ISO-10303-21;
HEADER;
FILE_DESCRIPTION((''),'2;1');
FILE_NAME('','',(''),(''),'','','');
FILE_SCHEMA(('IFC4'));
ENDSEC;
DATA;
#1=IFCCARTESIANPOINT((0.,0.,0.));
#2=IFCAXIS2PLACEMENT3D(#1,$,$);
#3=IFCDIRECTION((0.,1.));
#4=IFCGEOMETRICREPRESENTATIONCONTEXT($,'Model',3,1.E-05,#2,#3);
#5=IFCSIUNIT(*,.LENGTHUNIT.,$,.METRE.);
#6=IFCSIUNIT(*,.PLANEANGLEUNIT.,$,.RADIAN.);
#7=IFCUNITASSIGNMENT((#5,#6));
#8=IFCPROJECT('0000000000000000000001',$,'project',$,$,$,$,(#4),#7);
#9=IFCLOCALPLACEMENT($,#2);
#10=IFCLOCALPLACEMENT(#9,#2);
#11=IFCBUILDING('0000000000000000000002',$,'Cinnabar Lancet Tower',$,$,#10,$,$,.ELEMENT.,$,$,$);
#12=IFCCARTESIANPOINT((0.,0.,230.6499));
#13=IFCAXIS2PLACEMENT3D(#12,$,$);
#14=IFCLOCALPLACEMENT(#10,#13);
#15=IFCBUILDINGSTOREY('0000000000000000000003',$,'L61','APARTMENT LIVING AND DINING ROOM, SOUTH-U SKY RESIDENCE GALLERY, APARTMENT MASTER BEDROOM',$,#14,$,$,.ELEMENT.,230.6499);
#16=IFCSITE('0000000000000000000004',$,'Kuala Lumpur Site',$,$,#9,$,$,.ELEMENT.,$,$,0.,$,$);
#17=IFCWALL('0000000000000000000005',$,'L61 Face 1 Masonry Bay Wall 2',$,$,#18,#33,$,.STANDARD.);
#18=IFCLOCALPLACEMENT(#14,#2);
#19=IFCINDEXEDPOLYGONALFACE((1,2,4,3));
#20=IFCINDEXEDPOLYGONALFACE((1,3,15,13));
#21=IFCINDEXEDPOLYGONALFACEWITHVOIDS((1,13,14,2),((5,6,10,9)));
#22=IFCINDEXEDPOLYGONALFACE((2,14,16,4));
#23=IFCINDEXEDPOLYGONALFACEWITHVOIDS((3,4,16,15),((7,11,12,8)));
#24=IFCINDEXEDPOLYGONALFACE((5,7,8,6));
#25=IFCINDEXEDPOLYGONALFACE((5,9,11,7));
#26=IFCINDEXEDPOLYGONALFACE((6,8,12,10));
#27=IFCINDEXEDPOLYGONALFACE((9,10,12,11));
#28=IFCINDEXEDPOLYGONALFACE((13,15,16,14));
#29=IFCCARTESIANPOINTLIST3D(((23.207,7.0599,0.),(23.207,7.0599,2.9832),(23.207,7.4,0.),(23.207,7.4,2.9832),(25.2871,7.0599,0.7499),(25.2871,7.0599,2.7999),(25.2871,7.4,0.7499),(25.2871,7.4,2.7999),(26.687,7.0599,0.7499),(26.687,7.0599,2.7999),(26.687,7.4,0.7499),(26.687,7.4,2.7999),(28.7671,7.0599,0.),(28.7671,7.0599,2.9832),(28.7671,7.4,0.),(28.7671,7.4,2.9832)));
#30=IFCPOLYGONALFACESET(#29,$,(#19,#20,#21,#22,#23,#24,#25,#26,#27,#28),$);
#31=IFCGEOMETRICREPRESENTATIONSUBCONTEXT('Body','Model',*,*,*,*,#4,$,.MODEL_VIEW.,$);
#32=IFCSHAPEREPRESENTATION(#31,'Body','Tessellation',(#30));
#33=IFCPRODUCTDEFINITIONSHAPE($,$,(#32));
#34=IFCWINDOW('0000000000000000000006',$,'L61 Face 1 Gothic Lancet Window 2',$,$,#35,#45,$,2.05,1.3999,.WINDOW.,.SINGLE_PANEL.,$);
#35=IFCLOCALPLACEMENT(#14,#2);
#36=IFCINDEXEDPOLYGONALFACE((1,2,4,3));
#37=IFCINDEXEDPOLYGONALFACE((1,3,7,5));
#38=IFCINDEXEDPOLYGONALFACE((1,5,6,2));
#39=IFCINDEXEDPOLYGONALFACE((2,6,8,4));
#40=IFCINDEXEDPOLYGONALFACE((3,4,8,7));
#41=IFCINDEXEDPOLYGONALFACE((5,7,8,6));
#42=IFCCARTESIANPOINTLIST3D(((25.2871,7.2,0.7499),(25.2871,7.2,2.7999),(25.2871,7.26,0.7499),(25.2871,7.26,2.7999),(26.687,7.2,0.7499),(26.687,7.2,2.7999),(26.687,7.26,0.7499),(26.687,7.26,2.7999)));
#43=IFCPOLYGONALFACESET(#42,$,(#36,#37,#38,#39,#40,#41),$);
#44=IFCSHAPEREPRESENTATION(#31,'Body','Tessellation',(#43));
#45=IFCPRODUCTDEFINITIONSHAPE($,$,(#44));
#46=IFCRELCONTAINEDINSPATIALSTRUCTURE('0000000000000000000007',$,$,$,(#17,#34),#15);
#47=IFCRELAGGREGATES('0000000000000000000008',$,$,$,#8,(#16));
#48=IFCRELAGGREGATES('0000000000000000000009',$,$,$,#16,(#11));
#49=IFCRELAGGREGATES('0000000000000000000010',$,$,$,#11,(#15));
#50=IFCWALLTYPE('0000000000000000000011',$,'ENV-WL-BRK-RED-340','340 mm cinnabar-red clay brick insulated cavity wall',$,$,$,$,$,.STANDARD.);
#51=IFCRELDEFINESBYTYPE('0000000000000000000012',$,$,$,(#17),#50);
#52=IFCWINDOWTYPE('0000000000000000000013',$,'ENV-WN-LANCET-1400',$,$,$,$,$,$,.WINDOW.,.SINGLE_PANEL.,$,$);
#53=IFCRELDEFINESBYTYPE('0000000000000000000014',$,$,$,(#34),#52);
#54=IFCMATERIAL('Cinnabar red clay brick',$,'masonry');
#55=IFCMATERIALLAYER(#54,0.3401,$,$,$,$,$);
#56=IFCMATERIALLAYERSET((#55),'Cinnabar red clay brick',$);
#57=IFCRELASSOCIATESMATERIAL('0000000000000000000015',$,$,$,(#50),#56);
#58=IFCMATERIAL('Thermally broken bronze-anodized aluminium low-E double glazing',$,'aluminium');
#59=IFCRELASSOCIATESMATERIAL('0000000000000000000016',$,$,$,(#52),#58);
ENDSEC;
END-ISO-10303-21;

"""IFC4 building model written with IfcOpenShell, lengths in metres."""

from ifc_helpers import new_model, si_unit, direction, frame, frame_2d, origin, place, context, subcontext, project, spatial, rectangle, extrude, material, layer, layer_set, type_object, element, fill, save


model = new_model("IFC4")

# Units and contexts
model_context = context("Model", 3, precision=1e-05, world=origin(), true_north=direction((0.0, 1.0)))
body_context = subcontext(model_context, "Body", "Model", "MODEL_VIEW")
ifc_project = project(units=[si_unit("LENGTHUNIT", "METRE"), si_unit("PLANEANGLEUNIT", "RADIAN")], contexts=[model_context])

# Site, building, storey
site_placement = place(None, origin())
site = spatial("IfcSite", under=ifc_project, at=site_placement, Name="Kuala Lumpur Site", CompositionType="ELEMENT", RefElevation=0.0)
building_placement = place(site_placement, origin())
building = spatial("IfcBuilding", under=site, at=building_placement, Name="Cinnabar Lancet Tower", CompositionType="ELEMENT")
storey_placement = place(building_placement, frame((0.0, 0.0, 230.6499)))
storey = spatial("IfcBuildingStorey", under=building, at=storey_placement, Name="L61", Description="APARTMENT LIVING AND DINING ROOM, SOUTH-U SKY RESIDENCE GALLERY, APARTMENT MASTER BEDROOM", CompositionType="ELEMENT", Elevation=230.6499)

# Shared definitions
ifc_material_1 = material(Name="Cinnabar red clay brick", Category="masonry")
ifc_layer_1 = layer(ifc_material_1, 0.3401)
ifc_layer_set_1 = layer_set([ifc_layer_1], Name="Cinnabar red clay brick")
wall_type_1 = type_object("IfcWallType", Name="ENV-WL-BRK-RED-340", Description="340 mm cinnabar-red clay brick insulated cavity wall", PredefinedType="STANDARD", material=ifc_layer_set_1)

# Wall, opening, window
wall_1_placement = place(storey_placement, frame((23.207, 7.23, 0.0), z_axis=(0.0, 0.0, 1.0), x_axis=(1.0, 0.0, 0.0)))
wall_1 = element("IfcWall", 1, at=wall_1_placement, inside=storey, type_object=wall_type_1, Name="L61 Face 1 Masonry Bay Wall 2", PredefinedType="STANDARD", context=body_context, shape_type="SweptSolid", body=[
    extrude(rectangle(XDim=5.5601, YDim=0.3401, at=frame_2d((2.78, 0.0))), origin(), (0.0, 0.0, 1.0), 2.9832),
])
opening_1_placement = place(wall_1_placement, frame((2.0801, 0.0, 0.75)))
opening_1 = element("IfcOpeningElement", 2, at=opening_1_placement, cuts=wall_1, PredefinedType="OPENING", context=body_context, shape_type="SweptSolid", body=[
    extrude(rectangle(XDim=1.3999, YDim=2.05, at=frame_2d((0.7, 1.0249))), frame((0.0, 0.1799, 0.0), z_axis=(0.0, -1.0, 0.0), x_axis=(1.0, 0.0, 0.0)), (0.0, 0.0, 1.0), 0.3601),
])
ifc_material_2 = material(Name="Thermally broken bronze-anodized aluminium low-E double glazing", Category="aluminium")
window_type = type_object("IfcWindowType", Name="ENV-WN-LANCET-1400", PartitioningType="SINGLE_PANEL", PredefinedType="WINDOW", material=ifc_material_2)
window_placement = place(opening_1_placement, origin())
window = element("IfcWindow", 3, at=window_placement, inside=storey, type_object=window_type, Name="L61 Face 1 Gothic Lancet Window 2", OverallHeight=2.05, OverallWidth=1.3999, PartitioningType="SINGLE_PANEL", PredefinedType="WINDOW", context=body_context, shape_type="SweptSolid", body=[
    extrude(rectangle(XDim=1.3999, YDim=2.05, at=frame_2d((0.7, 1.0249))), frame((0.0, 0.03, 0.0), z_axis=(0.0, -1.0, 0.0), x_axis=(1.0, 0.0, 0.0)), (0.0, 0.0, 1.0), 0.0601),
])
fill(opening_1, window)

save(model, "model.ifc")
